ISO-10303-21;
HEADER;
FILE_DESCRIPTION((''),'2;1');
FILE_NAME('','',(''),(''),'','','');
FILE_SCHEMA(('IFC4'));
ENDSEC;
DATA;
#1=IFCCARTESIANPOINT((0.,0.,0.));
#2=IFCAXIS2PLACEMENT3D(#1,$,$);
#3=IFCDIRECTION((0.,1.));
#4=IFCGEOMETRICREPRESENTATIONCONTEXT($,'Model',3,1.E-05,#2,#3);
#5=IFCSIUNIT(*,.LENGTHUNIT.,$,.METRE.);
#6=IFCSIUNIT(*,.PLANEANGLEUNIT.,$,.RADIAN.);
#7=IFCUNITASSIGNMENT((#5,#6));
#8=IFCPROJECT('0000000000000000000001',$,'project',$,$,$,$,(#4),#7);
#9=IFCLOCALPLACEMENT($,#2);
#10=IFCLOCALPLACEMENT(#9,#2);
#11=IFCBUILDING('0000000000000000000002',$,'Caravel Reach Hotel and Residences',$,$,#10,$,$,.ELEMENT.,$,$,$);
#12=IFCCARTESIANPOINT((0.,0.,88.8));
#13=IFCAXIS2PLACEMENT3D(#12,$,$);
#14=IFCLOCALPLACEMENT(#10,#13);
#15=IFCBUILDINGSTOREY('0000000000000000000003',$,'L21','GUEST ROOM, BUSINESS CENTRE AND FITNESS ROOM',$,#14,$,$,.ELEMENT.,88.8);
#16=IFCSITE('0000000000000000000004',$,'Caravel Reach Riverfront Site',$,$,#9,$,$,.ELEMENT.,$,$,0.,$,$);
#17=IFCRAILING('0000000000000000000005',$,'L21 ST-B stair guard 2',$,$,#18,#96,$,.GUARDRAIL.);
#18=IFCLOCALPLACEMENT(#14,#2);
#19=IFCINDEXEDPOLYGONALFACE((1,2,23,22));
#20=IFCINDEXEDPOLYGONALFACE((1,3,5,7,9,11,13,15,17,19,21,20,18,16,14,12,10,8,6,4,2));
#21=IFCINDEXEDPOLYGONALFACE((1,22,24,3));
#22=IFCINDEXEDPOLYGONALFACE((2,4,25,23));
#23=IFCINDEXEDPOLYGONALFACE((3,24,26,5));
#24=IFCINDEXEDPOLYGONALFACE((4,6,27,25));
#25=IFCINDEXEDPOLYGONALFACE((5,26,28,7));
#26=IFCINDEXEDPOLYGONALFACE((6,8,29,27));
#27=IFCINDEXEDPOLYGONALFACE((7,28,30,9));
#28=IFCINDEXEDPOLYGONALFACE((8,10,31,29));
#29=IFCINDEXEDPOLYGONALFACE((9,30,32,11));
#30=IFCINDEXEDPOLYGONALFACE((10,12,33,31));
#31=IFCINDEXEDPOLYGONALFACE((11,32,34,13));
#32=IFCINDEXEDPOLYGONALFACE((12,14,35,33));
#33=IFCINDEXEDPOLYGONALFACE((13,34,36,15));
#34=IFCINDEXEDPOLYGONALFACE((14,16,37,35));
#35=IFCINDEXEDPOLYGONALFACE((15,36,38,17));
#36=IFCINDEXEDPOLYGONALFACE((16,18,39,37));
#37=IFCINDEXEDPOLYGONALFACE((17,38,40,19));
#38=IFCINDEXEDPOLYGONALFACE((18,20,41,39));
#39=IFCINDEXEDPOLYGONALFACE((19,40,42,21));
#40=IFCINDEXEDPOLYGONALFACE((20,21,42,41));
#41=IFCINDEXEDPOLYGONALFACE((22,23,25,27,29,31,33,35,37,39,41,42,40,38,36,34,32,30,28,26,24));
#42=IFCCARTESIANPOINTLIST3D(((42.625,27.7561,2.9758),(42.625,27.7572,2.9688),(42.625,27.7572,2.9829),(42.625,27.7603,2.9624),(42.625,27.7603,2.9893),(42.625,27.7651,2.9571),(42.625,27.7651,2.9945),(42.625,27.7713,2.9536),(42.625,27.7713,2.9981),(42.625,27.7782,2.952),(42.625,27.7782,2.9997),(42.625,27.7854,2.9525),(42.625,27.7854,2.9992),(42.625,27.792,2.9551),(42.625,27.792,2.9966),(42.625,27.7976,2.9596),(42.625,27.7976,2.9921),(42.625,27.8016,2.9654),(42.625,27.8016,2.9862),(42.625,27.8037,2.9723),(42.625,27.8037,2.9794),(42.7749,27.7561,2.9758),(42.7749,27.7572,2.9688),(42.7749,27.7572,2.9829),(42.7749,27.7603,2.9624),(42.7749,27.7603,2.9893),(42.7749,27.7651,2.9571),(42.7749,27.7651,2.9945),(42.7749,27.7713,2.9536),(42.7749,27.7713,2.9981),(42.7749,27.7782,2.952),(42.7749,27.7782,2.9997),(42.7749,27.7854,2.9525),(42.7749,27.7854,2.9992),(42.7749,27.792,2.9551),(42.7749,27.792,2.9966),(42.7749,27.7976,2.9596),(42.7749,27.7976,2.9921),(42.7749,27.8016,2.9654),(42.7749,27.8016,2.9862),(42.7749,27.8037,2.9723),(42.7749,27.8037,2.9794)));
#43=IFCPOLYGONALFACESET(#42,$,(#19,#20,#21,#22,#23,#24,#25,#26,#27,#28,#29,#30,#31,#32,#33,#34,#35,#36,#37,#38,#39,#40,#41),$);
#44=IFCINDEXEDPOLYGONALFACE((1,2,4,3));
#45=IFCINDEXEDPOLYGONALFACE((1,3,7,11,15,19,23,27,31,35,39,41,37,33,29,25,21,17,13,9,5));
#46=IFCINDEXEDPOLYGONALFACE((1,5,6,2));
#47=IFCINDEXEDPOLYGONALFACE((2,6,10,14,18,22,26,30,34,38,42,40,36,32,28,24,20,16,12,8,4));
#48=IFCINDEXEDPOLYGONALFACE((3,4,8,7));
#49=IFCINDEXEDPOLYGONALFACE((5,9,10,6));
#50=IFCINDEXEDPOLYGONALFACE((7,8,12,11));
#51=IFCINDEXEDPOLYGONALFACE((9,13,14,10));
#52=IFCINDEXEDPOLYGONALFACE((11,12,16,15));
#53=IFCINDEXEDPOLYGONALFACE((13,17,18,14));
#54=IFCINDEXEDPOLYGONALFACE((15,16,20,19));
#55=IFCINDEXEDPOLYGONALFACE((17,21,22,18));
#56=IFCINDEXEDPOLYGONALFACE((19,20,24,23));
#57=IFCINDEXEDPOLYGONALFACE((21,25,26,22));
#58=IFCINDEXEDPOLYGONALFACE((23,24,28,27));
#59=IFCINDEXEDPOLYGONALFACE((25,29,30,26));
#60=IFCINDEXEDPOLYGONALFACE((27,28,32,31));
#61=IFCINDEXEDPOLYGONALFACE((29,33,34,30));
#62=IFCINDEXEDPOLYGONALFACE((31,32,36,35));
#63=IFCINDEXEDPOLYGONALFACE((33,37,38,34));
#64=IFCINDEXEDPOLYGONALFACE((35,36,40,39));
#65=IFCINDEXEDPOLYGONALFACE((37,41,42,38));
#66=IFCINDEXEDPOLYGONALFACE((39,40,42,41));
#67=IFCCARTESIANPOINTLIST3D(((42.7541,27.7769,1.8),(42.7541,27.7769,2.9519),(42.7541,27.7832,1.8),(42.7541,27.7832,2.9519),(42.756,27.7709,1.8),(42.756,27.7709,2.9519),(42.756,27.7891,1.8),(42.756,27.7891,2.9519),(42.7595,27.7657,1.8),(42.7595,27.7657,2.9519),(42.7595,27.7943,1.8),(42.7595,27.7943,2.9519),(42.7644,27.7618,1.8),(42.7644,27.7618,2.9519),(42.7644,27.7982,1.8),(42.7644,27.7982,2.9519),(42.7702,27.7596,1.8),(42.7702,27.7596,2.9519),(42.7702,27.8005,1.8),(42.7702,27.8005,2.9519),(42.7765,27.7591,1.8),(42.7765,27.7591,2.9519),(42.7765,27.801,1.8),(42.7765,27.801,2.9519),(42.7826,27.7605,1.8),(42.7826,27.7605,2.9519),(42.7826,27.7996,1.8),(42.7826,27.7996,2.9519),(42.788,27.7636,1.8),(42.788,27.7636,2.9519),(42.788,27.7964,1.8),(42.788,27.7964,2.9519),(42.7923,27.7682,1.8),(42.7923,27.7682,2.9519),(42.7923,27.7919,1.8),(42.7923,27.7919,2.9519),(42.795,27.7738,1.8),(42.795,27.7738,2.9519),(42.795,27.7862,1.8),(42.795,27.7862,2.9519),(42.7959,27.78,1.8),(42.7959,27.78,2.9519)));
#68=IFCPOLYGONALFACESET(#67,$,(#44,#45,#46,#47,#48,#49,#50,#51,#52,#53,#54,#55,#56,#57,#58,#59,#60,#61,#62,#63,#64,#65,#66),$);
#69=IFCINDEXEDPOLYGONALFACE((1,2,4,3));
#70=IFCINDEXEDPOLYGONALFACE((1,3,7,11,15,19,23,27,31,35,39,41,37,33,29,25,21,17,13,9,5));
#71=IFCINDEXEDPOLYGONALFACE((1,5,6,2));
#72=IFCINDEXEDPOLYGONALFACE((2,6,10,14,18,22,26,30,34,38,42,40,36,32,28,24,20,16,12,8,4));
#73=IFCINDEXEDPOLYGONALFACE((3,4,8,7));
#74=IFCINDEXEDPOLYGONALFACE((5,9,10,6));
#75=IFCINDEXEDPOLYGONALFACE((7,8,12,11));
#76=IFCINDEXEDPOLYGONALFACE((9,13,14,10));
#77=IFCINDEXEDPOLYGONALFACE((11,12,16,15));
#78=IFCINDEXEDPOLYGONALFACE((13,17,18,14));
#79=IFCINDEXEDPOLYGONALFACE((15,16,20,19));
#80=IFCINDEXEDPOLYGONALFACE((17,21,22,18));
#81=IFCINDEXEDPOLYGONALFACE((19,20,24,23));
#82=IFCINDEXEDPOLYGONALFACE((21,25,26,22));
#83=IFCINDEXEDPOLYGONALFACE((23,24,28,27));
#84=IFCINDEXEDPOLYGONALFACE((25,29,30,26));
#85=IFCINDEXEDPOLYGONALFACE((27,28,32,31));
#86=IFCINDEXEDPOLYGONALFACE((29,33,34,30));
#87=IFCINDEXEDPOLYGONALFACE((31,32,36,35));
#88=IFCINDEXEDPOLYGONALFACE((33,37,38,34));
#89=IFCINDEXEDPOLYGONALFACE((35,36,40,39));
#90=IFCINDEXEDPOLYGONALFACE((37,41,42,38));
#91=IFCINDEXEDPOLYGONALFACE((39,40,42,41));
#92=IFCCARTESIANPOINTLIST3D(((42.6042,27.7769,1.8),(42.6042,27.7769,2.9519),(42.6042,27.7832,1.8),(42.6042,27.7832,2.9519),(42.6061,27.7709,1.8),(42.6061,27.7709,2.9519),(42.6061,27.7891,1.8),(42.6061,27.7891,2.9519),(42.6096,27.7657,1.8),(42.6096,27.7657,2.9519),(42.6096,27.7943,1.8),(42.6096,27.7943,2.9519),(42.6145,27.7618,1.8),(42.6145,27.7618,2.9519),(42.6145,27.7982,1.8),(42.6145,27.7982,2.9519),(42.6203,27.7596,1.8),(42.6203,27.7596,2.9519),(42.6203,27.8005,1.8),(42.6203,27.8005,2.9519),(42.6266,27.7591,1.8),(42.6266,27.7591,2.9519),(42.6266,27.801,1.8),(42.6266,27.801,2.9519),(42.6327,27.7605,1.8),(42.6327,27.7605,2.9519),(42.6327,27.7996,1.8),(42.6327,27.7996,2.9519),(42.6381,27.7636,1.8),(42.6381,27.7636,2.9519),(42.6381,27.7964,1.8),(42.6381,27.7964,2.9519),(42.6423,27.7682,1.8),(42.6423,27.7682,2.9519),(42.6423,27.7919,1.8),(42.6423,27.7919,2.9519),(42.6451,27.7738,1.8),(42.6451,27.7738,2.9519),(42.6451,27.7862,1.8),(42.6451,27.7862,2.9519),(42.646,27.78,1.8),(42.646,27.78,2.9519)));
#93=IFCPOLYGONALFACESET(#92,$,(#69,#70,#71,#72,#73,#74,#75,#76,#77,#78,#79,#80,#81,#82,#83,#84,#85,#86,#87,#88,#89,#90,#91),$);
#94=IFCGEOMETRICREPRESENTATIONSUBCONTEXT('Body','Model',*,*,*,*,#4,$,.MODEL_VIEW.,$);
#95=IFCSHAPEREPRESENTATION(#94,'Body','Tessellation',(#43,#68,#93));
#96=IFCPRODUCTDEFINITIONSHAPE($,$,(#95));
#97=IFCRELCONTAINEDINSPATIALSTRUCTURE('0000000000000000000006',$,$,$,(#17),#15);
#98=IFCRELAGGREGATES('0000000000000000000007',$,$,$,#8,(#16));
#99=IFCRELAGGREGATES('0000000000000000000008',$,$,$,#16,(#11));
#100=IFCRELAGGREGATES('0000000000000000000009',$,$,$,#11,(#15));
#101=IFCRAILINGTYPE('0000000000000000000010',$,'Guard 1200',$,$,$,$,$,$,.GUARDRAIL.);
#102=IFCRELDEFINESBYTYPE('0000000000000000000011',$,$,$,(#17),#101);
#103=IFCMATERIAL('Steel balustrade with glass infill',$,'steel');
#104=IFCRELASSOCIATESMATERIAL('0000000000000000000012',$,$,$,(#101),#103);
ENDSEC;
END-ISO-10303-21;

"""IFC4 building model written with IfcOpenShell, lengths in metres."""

from ifc_helpers import new_model, si_unit, direction, frame, origin, origin_2d, place, context, subcontext, project, spatial, circle, extrude, material, type_object, element, save


model = new_model("IFC4")

# Units and contexts
model_context = context("Model", 3, precision=1e-05, world=origin(), true_north=direction((0.0, 1.0)))
body_context = subcontext(model_context, "Body", "Model", "MODEL_VIEW")
ifc_project = project(units=[si_unit("LENGTHUNIT", "METRE"), si_unit("PLANEANGLEUNIT", "RADIAN")], contexts=[model_context])

# Site, building, storey
site_placement = place(None, origin())
site = spatial("IfcSite", under=ifc_project, at=site_placement, Name="Caravel Reach Riverfront Site", CompositionType="ELEMENT", RefElevation=0.0)
building_placement = place(site_placement, origin())
building = spatial("IfcBuilding", under=site, at=building_placement, Name="Caravel Reach Hotel and Residences", CompositionType="ELEMENT")
storey_placement = place(building_placement, frame((0.0, 0.0, 88.8)))
storey = spatial("IfcBuildingStorey", under=building, at=storey_placement, Name="L21", Description="GUEST ROOM, BUSINESS CENTRE AND FITNESS ROOM", CompositionType="ELEMENT", Elevation=88.8)

# Railing
ifc_material_1 = material(Name="Steel balustrade with glass infill", Category="steel")
railing_type_1 = type_object("IfcRailingType", Name="Guard 1200", PredefinedType="GUARDRAIL", material=ifc_material_1)
railing_1_placement = place(storey_placement, frame((42.7749, 27.78, 1.8)))
element("IfcRailing", 1, at=railing_1_placement, inside=storey, type_object=railing_type_1, Name="L21 ST-B stair guard 2", PredefinedType="GUARDRAIL", context=body_context, shape_type="SweptSolid", body=[
    extrude(circle(Radius=0.0239, at=origin_2d()), frame((0.0, 0.0, 1.1758), z_axis=(-1.0, 0.0, 0.0), x_axis=(0.0, -1.0, 0.0)), (0.0, 0.0, 1.0), 0.1499),
    extrude(circle(Radius=0.021, at=origin_2d()), origin(), (0.0, 0.0, 1.0), 1.1519),
    extrude(circle(Radius=0.021, at=origin_2d()), frame((-0.1499, 0.0, 0.0)), (0.0, 0.0, 1.0), 1.1519),
])

save(model, "model.ifc")
